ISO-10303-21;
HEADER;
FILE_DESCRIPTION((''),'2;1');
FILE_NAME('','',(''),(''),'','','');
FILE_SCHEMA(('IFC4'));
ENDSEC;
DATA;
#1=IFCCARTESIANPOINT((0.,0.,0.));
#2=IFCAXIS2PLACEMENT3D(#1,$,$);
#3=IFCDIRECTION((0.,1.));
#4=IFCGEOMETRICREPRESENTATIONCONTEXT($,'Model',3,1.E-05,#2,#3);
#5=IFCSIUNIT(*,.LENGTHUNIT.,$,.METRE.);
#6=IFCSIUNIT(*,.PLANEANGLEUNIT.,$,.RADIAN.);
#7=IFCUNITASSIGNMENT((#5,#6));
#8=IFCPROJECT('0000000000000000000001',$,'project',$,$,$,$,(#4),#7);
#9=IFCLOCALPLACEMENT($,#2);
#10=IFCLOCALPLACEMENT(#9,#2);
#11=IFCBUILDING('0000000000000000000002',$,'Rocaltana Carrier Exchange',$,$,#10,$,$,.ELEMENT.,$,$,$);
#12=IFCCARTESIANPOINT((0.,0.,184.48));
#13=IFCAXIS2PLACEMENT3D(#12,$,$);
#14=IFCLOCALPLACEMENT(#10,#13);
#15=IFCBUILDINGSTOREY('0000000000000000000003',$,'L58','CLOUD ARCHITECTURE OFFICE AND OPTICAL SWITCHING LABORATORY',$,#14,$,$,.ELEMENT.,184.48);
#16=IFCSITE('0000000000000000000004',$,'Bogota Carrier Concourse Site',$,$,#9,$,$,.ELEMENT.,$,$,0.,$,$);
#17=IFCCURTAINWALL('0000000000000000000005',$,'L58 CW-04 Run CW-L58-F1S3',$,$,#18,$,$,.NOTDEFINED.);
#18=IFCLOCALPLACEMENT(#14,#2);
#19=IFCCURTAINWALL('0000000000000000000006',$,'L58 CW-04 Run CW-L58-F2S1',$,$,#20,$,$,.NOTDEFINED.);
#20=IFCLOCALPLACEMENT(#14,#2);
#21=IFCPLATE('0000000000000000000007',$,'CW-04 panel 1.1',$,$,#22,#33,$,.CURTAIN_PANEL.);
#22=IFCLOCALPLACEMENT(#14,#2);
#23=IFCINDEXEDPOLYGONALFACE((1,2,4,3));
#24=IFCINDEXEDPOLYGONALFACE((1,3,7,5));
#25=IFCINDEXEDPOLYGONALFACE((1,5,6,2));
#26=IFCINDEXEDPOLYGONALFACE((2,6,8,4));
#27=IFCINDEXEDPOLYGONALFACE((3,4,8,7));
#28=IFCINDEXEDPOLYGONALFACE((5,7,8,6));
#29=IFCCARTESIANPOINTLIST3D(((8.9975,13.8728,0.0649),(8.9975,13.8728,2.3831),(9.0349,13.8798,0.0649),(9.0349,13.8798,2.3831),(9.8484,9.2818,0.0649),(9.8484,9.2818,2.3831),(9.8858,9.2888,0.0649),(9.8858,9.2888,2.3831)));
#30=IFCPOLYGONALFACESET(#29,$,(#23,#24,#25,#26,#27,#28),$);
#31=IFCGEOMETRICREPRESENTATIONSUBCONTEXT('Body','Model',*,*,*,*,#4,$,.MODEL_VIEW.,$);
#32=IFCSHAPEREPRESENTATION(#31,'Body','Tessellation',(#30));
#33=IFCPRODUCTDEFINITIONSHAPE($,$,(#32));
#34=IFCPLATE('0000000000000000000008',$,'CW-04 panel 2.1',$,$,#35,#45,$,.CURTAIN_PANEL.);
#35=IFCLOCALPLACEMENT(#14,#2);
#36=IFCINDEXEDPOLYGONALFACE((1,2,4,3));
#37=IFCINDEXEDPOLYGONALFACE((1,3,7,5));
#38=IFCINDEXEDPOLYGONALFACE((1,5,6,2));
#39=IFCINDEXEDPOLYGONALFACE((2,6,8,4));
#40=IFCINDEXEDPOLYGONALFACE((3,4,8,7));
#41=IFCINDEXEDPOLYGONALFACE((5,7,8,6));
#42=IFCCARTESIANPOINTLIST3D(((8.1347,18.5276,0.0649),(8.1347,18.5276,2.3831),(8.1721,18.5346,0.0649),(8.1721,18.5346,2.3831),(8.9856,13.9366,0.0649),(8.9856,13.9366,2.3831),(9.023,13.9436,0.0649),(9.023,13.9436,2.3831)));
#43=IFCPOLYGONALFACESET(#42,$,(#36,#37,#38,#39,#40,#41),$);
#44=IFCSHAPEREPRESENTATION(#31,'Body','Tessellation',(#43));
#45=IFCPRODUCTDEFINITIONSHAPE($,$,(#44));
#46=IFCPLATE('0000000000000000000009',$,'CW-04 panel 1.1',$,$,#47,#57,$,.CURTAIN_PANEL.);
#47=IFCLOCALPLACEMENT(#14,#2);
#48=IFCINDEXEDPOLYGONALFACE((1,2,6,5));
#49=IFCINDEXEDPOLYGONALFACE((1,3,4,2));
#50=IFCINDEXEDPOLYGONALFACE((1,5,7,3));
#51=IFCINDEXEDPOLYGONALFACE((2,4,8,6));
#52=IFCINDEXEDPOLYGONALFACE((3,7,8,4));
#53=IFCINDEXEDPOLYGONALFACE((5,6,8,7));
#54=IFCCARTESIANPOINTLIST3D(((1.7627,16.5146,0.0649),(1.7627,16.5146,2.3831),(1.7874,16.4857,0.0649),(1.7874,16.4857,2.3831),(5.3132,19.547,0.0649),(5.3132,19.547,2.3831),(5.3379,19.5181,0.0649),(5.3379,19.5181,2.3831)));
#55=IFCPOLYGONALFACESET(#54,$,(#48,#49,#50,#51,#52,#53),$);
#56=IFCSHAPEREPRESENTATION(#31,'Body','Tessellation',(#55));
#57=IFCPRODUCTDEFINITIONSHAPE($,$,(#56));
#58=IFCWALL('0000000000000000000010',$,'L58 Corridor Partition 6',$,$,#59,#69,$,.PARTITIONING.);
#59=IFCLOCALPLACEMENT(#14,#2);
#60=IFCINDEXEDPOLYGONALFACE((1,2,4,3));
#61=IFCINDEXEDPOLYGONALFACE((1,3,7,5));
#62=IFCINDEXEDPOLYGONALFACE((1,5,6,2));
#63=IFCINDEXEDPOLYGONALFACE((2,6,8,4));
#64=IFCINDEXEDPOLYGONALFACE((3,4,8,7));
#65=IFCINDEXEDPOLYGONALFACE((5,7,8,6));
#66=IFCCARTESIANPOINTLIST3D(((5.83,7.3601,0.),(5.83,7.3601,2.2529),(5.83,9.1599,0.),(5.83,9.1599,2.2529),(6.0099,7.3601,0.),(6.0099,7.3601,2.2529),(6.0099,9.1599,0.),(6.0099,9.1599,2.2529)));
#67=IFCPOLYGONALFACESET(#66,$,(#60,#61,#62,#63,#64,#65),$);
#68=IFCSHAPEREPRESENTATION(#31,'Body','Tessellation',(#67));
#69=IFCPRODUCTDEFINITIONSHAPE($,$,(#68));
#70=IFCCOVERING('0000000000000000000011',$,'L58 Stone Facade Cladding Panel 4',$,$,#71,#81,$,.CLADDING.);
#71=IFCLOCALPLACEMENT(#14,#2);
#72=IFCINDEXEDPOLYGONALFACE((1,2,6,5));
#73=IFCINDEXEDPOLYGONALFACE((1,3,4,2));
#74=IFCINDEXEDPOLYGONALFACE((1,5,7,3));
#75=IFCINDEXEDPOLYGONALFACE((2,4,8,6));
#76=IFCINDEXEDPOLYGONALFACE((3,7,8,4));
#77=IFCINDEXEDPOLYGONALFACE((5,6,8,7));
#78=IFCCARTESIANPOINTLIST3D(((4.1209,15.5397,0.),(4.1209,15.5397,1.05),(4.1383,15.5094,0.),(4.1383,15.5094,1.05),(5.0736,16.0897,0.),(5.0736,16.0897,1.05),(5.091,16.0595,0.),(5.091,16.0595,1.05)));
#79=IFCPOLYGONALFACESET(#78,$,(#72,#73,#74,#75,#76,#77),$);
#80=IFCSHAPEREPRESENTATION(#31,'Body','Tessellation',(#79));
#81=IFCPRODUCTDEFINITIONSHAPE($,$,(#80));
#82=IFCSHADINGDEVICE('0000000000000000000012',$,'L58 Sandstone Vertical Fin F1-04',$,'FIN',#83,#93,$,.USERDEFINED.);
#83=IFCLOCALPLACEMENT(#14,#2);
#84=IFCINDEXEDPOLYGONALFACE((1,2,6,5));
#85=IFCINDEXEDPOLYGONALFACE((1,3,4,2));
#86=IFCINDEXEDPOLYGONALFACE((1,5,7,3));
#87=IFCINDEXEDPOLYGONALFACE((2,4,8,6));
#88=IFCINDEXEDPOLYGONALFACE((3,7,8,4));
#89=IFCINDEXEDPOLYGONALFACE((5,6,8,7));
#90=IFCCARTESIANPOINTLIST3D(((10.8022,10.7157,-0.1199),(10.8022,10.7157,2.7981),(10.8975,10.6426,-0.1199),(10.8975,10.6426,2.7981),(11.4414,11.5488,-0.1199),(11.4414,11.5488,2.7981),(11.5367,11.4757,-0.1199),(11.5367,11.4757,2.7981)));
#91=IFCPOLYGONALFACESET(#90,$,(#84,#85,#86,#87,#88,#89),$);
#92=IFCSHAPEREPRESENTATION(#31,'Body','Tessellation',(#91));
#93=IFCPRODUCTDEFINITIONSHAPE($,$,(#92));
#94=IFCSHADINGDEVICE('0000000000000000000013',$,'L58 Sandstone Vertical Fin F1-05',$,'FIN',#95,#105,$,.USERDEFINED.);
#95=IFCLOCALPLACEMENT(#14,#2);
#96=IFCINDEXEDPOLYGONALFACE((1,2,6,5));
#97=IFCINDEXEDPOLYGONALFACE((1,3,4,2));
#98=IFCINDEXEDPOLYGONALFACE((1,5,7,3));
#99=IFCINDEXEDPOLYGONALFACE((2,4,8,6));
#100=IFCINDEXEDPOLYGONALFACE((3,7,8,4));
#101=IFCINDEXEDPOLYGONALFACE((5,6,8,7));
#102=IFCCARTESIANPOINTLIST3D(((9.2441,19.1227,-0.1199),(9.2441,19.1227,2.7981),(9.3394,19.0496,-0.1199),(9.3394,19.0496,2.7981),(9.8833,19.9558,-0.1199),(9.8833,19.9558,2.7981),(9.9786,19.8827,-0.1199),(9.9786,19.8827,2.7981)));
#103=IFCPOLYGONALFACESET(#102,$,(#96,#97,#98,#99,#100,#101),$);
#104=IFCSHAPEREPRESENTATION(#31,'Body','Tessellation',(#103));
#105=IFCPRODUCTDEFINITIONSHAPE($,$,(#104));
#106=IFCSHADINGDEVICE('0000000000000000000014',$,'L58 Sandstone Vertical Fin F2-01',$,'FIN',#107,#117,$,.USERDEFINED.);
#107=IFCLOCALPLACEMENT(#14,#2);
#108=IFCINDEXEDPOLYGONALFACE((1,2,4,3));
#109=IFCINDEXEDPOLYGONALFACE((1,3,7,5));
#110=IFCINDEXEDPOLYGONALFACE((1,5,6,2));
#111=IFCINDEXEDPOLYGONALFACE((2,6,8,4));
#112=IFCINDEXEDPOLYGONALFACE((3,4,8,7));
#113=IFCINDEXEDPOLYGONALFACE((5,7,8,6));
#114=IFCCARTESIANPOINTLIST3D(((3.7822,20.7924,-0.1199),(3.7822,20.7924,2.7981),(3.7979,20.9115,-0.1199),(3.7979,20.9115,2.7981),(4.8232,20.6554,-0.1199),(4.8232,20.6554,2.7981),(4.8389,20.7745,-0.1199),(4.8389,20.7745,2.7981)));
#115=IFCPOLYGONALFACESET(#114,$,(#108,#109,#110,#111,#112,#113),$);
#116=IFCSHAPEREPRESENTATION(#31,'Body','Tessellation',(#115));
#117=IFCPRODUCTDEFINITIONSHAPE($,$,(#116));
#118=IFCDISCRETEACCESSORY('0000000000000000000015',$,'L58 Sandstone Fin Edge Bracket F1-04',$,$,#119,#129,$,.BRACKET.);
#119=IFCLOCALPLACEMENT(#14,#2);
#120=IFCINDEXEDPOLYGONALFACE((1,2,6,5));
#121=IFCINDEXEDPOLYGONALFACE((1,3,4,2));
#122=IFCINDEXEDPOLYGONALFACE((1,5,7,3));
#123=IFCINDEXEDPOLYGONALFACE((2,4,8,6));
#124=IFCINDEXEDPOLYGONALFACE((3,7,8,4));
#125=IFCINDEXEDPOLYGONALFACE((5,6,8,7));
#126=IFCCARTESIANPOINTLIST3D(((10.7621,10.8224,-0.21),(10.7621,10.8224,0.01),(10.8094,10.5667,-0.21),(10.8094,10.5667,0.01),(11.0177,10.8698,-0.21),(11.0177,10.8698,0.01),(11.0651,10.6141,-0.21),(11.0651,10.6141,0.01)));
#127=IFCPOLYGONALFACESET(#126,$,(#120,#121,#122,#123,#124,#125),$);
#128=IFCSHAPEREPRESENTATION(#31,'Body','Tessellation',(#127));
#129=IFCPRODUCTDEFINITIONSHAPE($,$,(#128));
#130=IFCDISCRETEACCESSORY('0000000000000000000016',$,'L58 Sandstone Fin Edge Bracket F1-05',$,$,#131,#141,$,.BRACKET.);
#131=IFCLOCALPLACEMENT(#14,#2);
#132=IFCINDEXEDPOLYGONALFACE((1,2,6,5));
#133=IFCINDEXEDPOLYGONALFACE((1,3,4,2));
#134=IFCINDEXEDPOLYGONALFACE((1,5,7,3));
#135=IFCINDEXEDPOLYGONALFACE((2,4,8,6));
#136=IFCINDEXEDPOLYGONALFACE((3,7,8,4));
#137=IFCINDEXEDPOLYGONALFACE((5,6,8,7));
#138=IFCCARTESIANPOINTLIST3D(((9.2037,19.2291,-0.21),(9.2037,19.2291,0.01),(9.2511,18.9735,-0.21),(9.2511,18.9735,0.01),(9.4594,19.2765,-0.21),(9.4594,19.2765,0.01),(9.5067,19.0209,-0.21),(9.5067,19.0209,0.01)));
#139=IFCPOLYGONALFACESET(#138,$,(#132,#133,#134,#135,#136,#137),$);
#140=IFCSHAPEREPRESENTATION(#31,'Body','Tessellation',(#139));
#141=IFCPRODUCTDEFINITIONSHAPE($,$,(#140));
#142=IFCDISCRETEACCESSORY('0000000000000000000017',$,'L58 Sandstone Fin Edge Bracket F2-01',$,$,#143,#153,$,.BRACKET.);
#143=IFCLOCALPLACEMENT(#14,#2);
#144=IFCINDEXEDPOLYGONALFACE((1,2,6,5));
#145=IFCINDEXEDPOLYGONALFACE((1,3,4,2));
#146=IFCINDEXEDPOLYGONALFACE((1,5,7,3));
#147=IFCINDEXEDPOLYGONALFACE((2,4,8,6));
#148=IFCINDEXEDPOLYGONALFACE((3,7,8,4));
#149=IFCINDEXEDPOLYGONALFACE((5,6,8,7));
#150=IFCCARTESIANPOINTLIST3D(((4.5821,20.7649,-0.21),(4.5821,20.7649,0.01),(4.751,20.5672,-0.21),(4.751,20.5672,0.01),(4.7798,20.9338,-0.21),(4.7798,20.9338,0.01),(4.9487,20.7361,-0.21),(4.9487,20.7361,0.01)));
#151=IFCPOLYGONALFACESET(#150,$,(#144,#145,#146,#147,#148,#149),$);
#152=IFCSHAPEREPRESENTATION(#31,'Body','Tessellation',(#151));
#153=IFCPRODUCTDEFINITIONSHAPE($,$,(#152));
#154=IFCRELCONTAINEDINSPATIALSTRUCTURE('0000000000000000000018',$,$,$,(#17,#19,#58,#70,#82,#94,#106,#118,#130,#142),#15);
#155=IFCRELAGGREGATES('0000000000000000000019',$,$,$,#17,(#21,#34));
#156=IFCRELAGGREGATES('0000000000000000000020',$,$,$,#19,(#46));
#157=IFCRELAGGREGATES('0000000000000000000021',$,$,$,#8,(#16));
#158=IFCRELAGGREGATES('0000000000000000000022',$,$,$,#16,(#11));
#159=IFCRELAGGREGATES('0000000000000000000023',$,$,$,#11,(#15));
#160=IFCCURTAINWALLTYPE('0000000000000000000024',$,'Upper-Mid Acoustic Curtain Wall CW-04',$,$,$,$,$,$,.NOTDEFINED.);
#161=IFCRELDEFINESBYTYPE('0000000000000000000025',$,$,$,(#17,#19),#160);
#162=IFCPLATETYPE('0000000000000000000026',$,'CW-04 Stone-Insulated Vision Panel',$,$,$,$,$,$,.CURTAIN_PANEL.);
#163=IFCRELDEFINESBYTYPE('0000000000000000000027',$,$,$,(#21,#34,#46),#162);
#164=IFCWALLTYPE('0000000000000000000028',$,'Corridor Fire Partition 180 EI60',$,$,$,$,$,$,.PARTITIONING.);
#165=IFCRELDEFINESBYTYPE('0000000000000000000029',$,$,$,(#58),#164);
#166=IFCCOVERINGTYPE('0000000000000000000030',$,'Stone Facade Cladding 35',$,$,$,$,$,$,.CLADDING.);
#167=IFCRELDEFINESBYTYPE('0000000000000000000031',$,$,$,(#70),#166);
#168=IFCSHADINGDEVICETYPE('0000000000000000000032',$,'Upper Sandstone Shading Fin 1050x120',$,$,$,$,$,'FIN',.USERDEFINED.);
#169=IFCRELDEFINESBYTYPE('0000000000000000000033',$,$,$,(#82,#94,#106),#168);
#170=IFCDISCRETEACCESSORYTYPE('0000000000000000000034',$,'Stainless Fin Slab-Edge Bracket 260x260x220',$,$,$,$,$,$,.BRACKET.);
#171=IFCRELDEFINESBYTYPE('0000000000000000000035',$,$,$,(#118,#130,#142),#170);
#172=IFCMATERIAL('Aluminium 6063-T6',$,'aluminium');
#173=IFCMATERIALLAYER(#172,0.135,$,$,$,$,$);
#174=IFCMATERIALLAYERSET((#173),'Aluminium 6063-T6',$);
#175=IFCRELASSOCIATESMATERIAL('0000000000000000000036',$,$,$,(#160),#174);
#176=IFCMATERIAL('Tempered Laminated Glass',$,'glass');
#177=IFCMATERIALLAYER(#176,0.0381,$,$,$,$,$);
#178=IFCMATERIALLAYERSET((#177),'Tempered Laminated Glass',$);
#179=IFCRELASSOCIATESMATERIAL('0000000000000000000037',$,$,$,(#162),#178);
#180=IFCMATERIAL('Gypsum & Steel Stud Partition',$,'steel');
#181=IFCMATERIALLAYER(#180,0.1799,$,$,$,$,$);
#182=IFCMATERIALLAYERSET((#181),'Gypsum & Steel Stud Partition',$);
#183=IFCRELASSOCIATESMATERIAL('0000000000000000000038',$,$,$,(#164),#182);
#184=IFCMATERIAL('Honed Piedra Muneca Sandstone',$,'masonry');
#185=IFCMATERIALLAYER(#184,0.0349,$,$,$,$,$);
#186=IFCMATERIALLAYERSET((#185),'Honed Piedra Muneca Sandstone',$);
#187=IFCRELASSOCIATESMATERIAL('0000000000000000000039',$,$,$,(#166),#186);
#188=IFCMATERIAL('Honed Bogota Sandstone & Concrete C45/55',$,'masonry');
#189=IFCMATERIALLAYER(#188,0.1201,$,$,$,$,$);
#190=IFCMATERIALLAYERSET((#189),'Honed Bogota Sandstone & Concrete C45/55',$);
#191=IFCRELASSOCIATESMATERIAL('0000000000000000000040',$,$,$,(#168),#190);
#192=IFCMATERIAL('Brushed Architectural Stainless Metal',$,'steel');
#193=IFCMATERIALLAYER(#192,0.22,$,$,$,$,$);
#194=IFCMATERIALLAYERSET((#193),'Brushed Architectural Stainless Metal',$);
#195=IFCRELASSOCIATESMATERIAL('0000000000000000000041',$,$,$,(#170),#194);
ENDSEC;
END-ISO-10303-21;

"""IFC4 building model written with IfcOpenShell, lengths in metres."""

from ifc_helpers import new_model, si_unit, direction, frame, frame_2d, origin, origin_2d, place, context, subcontext, project, spatial, rectangle, extrude, material, layer, layer_set, type_object, element, aggregate, save


model = new_model("IFC4")

# Units and contexts
model_context = context("Model", 3, precision=1e-05, world=origin(), true_north=direction((0.0, 1.0)))
body_context = subcontext(model_context, "Body", "Model", "MODEL_VIEW")
ifc_project = project(units=[si_unit("LENGTHUNIT", "METRE"), si_unit("PLANEANGLEUNIT", "RADIAN")], contexts=[model_context])

# Site, building, storey
site_placement = place(None, origin())
site = spatial("IfcSite", under=ifc_project, at=site_placement, Name="Bogota Carrier Concourse Site", CompositionType="ELEMENT", RefElevation=0.0)
building_placement = place(site_placement, origin())
building = spatial("IfcBuilding", under=site, at=building_placement, Name="Rocaltana Carrier Exchange", CompositionType="ELEMENT")
storey_placement = place(building_placement, frame((0.0, 0.0, 184.48)))
storey = spatial("IfcBuildingStorey", under=building, at=storey_placement, Name="L58", Description="CLOUD ARCHITECTURE OFFICE AND OPTICAL SWITCHING LABORATORY", CompositionType="ELEMENT", Elevation=184.48)

# Curtain walls
ifc_material_1 = material(Name="Aluminium 6063-T6", Category="aluminium")
ifc_layer_1 = layer(ifc_material_1, 0.135)
ifc_layer_set_1 = layer_set([ifc_layer_1], Name="Aluminium 6063-T6")
curtain_wall_type = type_object("IfcCurtainWallType", Name="Upper-Mid Acoustic Curtain Wall CW-04", PredefinedType="NOTDEFINED", material=ifc_layer_set_1)
curtain_wall_1_placement = place(storey_placement, origin())
curtain_wall_1 = element("IfcCurtainWall", 1, at=curtain_wall_1_placement, inside=storey, type_object=curtain_wall_type, Name="L58 CW-04 Run CW-L58-F1S3", PredefinedType="NOTDEFINED")
curtain_wall_2_placement = place(storey_placement, origin())
curtain_wall_2 = element("IfcCurtainWall", 2, at=curtain_wall_2_placement, inside=storey, type_object=curtain_wall_type, Name="L58 CW-04 Run CW-L58-F2S1", PredefinedType="NOTDEFINED")

# Plates
ifc_material_2 = material(Name="Tempered Laminated Glass", Category="glass")
ifc_layer_2 = layer(ifc_material_2, 0.0381)
ifc_layer_set_2 = layer_set([ifc_layer_2], Name="Tempered Laminated Glass")
plate_type = type_object("IfcPlateType", Name="CW-04 Stone-Insulated Vision Panel", PredefinedType="CURTAIN_PANEL", material=ifc_layer_set_2)
plate_1_placement = place(storey_placement, frame((9.4417, 11.5808, 0.0649), z_axis=(0.0, 0.0, 1.0), x_axis=(-0.182236, 0.983255, 0.0)))
plate_1 = element("IfcPlate", 3, at=plate_1_placement, type_object=plate_type, Name="CW-04 panel 1.1", PredefinedType="CURTAIN_PANEL", context=body_context, shape_type="SweptSolid", body=[
    extrude(rectangle(XDim=4.6692, YDim=0.0381, at=origin_2d()), origin(), (0.0, 0.0, 1.0), 2.3181),
])
plate_2_placement = place(storey_placement, frame((8.5789, 16.2356, 0.0649), z_axis=(0.0, 0.0, 1.0), x_axis=(-0.182236, 0.983255, 0.0)))
plate_2 = element("IfcPlate", 4, at=plate_2_placement, type_object=plate_type, Name="CW-04 panel 2.1", PredefinedType="CURTAIN_PANEL", context=body_context, shape_type="SweptSolid", body=[
    extrude(rectangle(XDim=4.6692, YDim=0.0381, at=origin_2d()), origin(), (0.0, 0.0, 1.0), 2.3181),
])
aggregate(curtain_wall_1, [plate_1, plate_2])
plate_3_placement = place(storey_placement, frame((3.5503, 18.0164, 0.0649), z_axis=(0.0, 0.0, 1.0), x_axis=(-0.760406, -0.649448, 0.0)))
plate_3 = element("IfcPlate", 5, at=plate_3_placement, type_object=plate_type, Name="CW-04 panel 1.1", PredefinedType="CURTAIN_PANEL", context=body_context, shape_type="SweptSolid", body=[
    extrude(rectangle(XDim=4.6692, YDim=0.0381, at=origin_2d()), origin(), (0.0, 0.0, 1.0), 2.3181),
])
aggregate(curtain_wall_2, [plate_3])

# Wall
ifc_material_3 = material(Name="Gypsum & Steel Stud Partition", Category="steel")
ifc_layer_3 = layer(ifc_material_3, 0.1799)
ifc_layer_set_3 = layer_set([ifc_layer_3], Name="Gypsum & Steel Stud Partition")
wall_type = type_object("IfcWallType", Name="Corridor Fire Partition 180 EI60", PredefinedType="PARTITIONING", material=ifc_layer_set_3)
wall_placement = place(storey_placement, frame((5.9199, 9.1599, 0.0), z_axis=(0.0, 0.0, 1.0), x_axis=(0.0, -1.0, 0.0)))
element("IfcWall", 6, at=wall_placement, inside=storey, type_object=wall_type, Name="L58 Corridor Partition 6", PredefinedType="PARTITIONING", context=body_context, shape_type="SweptSolid", body=[
    extrude(rectangle(XDim=1.7998, YDim=0.1799, at=frame_2d((0.8999, 0.0))), origin(), (0.0, 0.0, 1.0), 2.2529),
])

# Covering
ifc_material_4 = material(Name="Honed Piedra Muneca Sandstone", Category="masonry")
ifc_layer_4 = layer(ifc_material_4, 0.0349)
ifc_layer_set_4 = layer_set([ifc_layer_4], Name="Honed Piedra Muneca Sandstone")
covering_type = type_object("IfcCoveringType", Name="Stone Facade Cladding 35", PredefinedType="CLADDING", material=ifc_layer_set_4)
covering_placement = place(storey_placement, frame((4.606, 15.7996, 0.0), z_axis=(0.0, 0.0, 1.0), x_axis=(0.866025, 0.5, 0.0)))
element("IfcCovering", 7, at=covering_placement, inside=storey, type_object=covering_type, Name="L58 Stone Facade Cladding Panel 4", PredefinedType="CLADDING", context=body_context, shape_type="SweptSolid", body=[
    extrude(rectangle(XDim=1.1001, YDim=0.0349, at=origin_2d()), origin(), (0.0, 0.0, 1.0), 1.05),
])

# Shading devices
ifc_material_5 = material(Name="Honed Bogota Sandstone & Concrete C45/55", Category="masonry")
ifc_layer_5 = layer(ifc_material_5, 0.1201)
ifc_layer_set_5 = layer_set([ifc_layer_5], Name="Honed Bogota Sandstone & Concrete C45/55")
shading_device_type = type_object("IfcShadingDeviceType", Name="Upper Sandstone Shading Fin 1050x120", ElementType="FIN", PredefinedType="USERDEFINED", material=ifc_layer_set_5)
for number, where, z_axis, x_axis, name in (
    (8, (11.1694, 11.0957, -0.1199), (0.0, 0.0, 1.0), (0.608761, 0.793353, 0.0), "L58 Sandstone Vertical Fin F1-04"),
    (9, (9.6113, 19.5027, -0.1199), (0.0, 0.0, 1.0), (0.608761, 0.793353, 0.0), "L58 Sandstone Vertical Fin F1-05"),
    (10, (4.3105, 20.7834, -0.1199), (0.0, 0.0, 1.0), (-0.991445, 0.130526, 0.0), "L58 Sandstone Vertical Fin F2-01"),
):
    element("IfcShadingDevice", number, at=place(storey_placement, frame(where, z_axis=z_axis, x_axis=x_axis)), inside=storey, type_object=shading_device_type, Name=name, ObjectType="FIN", PredefinedType="USERDEFINED", context=body_context, shape_type="SweptSolid", body=[
        extrude(rectangle(XDim=1.05, YDim=0.1201, at=origin_2d()), origin(), (0.0, 0.0, 1.0), 2.918),
    ])

# Discrete accessories
ifc_material_6 = material(Name="Brushed Architectural Stainless Metal", Category="steel")
ifc_layer_6 = layer(ifc_material_6, 0.22)
ifc_layer_set_6 = layer_set([ifc_layer_6], Name="Brushed Architectural Stainless Metal")
discrete_accessory_type = type_object("IfcDiscreteAccessoryType", Name="Stainless Fin Slab-Edge Bracket 260x260x220", PredefinedType="BRACKET", material=ifc_layer_set_6)
for number, where, z_axis, x_axis, name in (
    (11, (10.9136, 10.7183, -0.21), (0.0, 0.0, 1.0), (-0.182236, 0.983255, 0.0), "L58 Sandstone Fin Edge Bracket F1-04"),
    (12, (9.3552, 19.125, -0.21), (0.0, 0.0, 1.0), (-0.182236, 0.983255, 0.0), "L58 Sandstone Fin Edge Bracket F1-05"),
    (13, (4.7654, 20.7505, -0.21), (0.0, 0.0, 1.0), (-0.760406, -0.649448, 0.0), "L58 Sandstone Fin Edge Bracket F2-01"),
):
    element("IfcDiscreteAccessory", number, at=place(storey_placement, frame(where, z_axis=z_axis, x_axis=x_axis)), inside=storey, type_object=discrete_accessory_type, Name=name, PredefinedType="BRACKET", context=body_context, shape_type="SweptSolid", body=[
        extrude(rectangle(XDim=0.26, YDim=0.26, at=origin_2d()), origin(), (0.0, 0.0, 1.0), 0.22),
    ])

save(model, "model.ifc")
